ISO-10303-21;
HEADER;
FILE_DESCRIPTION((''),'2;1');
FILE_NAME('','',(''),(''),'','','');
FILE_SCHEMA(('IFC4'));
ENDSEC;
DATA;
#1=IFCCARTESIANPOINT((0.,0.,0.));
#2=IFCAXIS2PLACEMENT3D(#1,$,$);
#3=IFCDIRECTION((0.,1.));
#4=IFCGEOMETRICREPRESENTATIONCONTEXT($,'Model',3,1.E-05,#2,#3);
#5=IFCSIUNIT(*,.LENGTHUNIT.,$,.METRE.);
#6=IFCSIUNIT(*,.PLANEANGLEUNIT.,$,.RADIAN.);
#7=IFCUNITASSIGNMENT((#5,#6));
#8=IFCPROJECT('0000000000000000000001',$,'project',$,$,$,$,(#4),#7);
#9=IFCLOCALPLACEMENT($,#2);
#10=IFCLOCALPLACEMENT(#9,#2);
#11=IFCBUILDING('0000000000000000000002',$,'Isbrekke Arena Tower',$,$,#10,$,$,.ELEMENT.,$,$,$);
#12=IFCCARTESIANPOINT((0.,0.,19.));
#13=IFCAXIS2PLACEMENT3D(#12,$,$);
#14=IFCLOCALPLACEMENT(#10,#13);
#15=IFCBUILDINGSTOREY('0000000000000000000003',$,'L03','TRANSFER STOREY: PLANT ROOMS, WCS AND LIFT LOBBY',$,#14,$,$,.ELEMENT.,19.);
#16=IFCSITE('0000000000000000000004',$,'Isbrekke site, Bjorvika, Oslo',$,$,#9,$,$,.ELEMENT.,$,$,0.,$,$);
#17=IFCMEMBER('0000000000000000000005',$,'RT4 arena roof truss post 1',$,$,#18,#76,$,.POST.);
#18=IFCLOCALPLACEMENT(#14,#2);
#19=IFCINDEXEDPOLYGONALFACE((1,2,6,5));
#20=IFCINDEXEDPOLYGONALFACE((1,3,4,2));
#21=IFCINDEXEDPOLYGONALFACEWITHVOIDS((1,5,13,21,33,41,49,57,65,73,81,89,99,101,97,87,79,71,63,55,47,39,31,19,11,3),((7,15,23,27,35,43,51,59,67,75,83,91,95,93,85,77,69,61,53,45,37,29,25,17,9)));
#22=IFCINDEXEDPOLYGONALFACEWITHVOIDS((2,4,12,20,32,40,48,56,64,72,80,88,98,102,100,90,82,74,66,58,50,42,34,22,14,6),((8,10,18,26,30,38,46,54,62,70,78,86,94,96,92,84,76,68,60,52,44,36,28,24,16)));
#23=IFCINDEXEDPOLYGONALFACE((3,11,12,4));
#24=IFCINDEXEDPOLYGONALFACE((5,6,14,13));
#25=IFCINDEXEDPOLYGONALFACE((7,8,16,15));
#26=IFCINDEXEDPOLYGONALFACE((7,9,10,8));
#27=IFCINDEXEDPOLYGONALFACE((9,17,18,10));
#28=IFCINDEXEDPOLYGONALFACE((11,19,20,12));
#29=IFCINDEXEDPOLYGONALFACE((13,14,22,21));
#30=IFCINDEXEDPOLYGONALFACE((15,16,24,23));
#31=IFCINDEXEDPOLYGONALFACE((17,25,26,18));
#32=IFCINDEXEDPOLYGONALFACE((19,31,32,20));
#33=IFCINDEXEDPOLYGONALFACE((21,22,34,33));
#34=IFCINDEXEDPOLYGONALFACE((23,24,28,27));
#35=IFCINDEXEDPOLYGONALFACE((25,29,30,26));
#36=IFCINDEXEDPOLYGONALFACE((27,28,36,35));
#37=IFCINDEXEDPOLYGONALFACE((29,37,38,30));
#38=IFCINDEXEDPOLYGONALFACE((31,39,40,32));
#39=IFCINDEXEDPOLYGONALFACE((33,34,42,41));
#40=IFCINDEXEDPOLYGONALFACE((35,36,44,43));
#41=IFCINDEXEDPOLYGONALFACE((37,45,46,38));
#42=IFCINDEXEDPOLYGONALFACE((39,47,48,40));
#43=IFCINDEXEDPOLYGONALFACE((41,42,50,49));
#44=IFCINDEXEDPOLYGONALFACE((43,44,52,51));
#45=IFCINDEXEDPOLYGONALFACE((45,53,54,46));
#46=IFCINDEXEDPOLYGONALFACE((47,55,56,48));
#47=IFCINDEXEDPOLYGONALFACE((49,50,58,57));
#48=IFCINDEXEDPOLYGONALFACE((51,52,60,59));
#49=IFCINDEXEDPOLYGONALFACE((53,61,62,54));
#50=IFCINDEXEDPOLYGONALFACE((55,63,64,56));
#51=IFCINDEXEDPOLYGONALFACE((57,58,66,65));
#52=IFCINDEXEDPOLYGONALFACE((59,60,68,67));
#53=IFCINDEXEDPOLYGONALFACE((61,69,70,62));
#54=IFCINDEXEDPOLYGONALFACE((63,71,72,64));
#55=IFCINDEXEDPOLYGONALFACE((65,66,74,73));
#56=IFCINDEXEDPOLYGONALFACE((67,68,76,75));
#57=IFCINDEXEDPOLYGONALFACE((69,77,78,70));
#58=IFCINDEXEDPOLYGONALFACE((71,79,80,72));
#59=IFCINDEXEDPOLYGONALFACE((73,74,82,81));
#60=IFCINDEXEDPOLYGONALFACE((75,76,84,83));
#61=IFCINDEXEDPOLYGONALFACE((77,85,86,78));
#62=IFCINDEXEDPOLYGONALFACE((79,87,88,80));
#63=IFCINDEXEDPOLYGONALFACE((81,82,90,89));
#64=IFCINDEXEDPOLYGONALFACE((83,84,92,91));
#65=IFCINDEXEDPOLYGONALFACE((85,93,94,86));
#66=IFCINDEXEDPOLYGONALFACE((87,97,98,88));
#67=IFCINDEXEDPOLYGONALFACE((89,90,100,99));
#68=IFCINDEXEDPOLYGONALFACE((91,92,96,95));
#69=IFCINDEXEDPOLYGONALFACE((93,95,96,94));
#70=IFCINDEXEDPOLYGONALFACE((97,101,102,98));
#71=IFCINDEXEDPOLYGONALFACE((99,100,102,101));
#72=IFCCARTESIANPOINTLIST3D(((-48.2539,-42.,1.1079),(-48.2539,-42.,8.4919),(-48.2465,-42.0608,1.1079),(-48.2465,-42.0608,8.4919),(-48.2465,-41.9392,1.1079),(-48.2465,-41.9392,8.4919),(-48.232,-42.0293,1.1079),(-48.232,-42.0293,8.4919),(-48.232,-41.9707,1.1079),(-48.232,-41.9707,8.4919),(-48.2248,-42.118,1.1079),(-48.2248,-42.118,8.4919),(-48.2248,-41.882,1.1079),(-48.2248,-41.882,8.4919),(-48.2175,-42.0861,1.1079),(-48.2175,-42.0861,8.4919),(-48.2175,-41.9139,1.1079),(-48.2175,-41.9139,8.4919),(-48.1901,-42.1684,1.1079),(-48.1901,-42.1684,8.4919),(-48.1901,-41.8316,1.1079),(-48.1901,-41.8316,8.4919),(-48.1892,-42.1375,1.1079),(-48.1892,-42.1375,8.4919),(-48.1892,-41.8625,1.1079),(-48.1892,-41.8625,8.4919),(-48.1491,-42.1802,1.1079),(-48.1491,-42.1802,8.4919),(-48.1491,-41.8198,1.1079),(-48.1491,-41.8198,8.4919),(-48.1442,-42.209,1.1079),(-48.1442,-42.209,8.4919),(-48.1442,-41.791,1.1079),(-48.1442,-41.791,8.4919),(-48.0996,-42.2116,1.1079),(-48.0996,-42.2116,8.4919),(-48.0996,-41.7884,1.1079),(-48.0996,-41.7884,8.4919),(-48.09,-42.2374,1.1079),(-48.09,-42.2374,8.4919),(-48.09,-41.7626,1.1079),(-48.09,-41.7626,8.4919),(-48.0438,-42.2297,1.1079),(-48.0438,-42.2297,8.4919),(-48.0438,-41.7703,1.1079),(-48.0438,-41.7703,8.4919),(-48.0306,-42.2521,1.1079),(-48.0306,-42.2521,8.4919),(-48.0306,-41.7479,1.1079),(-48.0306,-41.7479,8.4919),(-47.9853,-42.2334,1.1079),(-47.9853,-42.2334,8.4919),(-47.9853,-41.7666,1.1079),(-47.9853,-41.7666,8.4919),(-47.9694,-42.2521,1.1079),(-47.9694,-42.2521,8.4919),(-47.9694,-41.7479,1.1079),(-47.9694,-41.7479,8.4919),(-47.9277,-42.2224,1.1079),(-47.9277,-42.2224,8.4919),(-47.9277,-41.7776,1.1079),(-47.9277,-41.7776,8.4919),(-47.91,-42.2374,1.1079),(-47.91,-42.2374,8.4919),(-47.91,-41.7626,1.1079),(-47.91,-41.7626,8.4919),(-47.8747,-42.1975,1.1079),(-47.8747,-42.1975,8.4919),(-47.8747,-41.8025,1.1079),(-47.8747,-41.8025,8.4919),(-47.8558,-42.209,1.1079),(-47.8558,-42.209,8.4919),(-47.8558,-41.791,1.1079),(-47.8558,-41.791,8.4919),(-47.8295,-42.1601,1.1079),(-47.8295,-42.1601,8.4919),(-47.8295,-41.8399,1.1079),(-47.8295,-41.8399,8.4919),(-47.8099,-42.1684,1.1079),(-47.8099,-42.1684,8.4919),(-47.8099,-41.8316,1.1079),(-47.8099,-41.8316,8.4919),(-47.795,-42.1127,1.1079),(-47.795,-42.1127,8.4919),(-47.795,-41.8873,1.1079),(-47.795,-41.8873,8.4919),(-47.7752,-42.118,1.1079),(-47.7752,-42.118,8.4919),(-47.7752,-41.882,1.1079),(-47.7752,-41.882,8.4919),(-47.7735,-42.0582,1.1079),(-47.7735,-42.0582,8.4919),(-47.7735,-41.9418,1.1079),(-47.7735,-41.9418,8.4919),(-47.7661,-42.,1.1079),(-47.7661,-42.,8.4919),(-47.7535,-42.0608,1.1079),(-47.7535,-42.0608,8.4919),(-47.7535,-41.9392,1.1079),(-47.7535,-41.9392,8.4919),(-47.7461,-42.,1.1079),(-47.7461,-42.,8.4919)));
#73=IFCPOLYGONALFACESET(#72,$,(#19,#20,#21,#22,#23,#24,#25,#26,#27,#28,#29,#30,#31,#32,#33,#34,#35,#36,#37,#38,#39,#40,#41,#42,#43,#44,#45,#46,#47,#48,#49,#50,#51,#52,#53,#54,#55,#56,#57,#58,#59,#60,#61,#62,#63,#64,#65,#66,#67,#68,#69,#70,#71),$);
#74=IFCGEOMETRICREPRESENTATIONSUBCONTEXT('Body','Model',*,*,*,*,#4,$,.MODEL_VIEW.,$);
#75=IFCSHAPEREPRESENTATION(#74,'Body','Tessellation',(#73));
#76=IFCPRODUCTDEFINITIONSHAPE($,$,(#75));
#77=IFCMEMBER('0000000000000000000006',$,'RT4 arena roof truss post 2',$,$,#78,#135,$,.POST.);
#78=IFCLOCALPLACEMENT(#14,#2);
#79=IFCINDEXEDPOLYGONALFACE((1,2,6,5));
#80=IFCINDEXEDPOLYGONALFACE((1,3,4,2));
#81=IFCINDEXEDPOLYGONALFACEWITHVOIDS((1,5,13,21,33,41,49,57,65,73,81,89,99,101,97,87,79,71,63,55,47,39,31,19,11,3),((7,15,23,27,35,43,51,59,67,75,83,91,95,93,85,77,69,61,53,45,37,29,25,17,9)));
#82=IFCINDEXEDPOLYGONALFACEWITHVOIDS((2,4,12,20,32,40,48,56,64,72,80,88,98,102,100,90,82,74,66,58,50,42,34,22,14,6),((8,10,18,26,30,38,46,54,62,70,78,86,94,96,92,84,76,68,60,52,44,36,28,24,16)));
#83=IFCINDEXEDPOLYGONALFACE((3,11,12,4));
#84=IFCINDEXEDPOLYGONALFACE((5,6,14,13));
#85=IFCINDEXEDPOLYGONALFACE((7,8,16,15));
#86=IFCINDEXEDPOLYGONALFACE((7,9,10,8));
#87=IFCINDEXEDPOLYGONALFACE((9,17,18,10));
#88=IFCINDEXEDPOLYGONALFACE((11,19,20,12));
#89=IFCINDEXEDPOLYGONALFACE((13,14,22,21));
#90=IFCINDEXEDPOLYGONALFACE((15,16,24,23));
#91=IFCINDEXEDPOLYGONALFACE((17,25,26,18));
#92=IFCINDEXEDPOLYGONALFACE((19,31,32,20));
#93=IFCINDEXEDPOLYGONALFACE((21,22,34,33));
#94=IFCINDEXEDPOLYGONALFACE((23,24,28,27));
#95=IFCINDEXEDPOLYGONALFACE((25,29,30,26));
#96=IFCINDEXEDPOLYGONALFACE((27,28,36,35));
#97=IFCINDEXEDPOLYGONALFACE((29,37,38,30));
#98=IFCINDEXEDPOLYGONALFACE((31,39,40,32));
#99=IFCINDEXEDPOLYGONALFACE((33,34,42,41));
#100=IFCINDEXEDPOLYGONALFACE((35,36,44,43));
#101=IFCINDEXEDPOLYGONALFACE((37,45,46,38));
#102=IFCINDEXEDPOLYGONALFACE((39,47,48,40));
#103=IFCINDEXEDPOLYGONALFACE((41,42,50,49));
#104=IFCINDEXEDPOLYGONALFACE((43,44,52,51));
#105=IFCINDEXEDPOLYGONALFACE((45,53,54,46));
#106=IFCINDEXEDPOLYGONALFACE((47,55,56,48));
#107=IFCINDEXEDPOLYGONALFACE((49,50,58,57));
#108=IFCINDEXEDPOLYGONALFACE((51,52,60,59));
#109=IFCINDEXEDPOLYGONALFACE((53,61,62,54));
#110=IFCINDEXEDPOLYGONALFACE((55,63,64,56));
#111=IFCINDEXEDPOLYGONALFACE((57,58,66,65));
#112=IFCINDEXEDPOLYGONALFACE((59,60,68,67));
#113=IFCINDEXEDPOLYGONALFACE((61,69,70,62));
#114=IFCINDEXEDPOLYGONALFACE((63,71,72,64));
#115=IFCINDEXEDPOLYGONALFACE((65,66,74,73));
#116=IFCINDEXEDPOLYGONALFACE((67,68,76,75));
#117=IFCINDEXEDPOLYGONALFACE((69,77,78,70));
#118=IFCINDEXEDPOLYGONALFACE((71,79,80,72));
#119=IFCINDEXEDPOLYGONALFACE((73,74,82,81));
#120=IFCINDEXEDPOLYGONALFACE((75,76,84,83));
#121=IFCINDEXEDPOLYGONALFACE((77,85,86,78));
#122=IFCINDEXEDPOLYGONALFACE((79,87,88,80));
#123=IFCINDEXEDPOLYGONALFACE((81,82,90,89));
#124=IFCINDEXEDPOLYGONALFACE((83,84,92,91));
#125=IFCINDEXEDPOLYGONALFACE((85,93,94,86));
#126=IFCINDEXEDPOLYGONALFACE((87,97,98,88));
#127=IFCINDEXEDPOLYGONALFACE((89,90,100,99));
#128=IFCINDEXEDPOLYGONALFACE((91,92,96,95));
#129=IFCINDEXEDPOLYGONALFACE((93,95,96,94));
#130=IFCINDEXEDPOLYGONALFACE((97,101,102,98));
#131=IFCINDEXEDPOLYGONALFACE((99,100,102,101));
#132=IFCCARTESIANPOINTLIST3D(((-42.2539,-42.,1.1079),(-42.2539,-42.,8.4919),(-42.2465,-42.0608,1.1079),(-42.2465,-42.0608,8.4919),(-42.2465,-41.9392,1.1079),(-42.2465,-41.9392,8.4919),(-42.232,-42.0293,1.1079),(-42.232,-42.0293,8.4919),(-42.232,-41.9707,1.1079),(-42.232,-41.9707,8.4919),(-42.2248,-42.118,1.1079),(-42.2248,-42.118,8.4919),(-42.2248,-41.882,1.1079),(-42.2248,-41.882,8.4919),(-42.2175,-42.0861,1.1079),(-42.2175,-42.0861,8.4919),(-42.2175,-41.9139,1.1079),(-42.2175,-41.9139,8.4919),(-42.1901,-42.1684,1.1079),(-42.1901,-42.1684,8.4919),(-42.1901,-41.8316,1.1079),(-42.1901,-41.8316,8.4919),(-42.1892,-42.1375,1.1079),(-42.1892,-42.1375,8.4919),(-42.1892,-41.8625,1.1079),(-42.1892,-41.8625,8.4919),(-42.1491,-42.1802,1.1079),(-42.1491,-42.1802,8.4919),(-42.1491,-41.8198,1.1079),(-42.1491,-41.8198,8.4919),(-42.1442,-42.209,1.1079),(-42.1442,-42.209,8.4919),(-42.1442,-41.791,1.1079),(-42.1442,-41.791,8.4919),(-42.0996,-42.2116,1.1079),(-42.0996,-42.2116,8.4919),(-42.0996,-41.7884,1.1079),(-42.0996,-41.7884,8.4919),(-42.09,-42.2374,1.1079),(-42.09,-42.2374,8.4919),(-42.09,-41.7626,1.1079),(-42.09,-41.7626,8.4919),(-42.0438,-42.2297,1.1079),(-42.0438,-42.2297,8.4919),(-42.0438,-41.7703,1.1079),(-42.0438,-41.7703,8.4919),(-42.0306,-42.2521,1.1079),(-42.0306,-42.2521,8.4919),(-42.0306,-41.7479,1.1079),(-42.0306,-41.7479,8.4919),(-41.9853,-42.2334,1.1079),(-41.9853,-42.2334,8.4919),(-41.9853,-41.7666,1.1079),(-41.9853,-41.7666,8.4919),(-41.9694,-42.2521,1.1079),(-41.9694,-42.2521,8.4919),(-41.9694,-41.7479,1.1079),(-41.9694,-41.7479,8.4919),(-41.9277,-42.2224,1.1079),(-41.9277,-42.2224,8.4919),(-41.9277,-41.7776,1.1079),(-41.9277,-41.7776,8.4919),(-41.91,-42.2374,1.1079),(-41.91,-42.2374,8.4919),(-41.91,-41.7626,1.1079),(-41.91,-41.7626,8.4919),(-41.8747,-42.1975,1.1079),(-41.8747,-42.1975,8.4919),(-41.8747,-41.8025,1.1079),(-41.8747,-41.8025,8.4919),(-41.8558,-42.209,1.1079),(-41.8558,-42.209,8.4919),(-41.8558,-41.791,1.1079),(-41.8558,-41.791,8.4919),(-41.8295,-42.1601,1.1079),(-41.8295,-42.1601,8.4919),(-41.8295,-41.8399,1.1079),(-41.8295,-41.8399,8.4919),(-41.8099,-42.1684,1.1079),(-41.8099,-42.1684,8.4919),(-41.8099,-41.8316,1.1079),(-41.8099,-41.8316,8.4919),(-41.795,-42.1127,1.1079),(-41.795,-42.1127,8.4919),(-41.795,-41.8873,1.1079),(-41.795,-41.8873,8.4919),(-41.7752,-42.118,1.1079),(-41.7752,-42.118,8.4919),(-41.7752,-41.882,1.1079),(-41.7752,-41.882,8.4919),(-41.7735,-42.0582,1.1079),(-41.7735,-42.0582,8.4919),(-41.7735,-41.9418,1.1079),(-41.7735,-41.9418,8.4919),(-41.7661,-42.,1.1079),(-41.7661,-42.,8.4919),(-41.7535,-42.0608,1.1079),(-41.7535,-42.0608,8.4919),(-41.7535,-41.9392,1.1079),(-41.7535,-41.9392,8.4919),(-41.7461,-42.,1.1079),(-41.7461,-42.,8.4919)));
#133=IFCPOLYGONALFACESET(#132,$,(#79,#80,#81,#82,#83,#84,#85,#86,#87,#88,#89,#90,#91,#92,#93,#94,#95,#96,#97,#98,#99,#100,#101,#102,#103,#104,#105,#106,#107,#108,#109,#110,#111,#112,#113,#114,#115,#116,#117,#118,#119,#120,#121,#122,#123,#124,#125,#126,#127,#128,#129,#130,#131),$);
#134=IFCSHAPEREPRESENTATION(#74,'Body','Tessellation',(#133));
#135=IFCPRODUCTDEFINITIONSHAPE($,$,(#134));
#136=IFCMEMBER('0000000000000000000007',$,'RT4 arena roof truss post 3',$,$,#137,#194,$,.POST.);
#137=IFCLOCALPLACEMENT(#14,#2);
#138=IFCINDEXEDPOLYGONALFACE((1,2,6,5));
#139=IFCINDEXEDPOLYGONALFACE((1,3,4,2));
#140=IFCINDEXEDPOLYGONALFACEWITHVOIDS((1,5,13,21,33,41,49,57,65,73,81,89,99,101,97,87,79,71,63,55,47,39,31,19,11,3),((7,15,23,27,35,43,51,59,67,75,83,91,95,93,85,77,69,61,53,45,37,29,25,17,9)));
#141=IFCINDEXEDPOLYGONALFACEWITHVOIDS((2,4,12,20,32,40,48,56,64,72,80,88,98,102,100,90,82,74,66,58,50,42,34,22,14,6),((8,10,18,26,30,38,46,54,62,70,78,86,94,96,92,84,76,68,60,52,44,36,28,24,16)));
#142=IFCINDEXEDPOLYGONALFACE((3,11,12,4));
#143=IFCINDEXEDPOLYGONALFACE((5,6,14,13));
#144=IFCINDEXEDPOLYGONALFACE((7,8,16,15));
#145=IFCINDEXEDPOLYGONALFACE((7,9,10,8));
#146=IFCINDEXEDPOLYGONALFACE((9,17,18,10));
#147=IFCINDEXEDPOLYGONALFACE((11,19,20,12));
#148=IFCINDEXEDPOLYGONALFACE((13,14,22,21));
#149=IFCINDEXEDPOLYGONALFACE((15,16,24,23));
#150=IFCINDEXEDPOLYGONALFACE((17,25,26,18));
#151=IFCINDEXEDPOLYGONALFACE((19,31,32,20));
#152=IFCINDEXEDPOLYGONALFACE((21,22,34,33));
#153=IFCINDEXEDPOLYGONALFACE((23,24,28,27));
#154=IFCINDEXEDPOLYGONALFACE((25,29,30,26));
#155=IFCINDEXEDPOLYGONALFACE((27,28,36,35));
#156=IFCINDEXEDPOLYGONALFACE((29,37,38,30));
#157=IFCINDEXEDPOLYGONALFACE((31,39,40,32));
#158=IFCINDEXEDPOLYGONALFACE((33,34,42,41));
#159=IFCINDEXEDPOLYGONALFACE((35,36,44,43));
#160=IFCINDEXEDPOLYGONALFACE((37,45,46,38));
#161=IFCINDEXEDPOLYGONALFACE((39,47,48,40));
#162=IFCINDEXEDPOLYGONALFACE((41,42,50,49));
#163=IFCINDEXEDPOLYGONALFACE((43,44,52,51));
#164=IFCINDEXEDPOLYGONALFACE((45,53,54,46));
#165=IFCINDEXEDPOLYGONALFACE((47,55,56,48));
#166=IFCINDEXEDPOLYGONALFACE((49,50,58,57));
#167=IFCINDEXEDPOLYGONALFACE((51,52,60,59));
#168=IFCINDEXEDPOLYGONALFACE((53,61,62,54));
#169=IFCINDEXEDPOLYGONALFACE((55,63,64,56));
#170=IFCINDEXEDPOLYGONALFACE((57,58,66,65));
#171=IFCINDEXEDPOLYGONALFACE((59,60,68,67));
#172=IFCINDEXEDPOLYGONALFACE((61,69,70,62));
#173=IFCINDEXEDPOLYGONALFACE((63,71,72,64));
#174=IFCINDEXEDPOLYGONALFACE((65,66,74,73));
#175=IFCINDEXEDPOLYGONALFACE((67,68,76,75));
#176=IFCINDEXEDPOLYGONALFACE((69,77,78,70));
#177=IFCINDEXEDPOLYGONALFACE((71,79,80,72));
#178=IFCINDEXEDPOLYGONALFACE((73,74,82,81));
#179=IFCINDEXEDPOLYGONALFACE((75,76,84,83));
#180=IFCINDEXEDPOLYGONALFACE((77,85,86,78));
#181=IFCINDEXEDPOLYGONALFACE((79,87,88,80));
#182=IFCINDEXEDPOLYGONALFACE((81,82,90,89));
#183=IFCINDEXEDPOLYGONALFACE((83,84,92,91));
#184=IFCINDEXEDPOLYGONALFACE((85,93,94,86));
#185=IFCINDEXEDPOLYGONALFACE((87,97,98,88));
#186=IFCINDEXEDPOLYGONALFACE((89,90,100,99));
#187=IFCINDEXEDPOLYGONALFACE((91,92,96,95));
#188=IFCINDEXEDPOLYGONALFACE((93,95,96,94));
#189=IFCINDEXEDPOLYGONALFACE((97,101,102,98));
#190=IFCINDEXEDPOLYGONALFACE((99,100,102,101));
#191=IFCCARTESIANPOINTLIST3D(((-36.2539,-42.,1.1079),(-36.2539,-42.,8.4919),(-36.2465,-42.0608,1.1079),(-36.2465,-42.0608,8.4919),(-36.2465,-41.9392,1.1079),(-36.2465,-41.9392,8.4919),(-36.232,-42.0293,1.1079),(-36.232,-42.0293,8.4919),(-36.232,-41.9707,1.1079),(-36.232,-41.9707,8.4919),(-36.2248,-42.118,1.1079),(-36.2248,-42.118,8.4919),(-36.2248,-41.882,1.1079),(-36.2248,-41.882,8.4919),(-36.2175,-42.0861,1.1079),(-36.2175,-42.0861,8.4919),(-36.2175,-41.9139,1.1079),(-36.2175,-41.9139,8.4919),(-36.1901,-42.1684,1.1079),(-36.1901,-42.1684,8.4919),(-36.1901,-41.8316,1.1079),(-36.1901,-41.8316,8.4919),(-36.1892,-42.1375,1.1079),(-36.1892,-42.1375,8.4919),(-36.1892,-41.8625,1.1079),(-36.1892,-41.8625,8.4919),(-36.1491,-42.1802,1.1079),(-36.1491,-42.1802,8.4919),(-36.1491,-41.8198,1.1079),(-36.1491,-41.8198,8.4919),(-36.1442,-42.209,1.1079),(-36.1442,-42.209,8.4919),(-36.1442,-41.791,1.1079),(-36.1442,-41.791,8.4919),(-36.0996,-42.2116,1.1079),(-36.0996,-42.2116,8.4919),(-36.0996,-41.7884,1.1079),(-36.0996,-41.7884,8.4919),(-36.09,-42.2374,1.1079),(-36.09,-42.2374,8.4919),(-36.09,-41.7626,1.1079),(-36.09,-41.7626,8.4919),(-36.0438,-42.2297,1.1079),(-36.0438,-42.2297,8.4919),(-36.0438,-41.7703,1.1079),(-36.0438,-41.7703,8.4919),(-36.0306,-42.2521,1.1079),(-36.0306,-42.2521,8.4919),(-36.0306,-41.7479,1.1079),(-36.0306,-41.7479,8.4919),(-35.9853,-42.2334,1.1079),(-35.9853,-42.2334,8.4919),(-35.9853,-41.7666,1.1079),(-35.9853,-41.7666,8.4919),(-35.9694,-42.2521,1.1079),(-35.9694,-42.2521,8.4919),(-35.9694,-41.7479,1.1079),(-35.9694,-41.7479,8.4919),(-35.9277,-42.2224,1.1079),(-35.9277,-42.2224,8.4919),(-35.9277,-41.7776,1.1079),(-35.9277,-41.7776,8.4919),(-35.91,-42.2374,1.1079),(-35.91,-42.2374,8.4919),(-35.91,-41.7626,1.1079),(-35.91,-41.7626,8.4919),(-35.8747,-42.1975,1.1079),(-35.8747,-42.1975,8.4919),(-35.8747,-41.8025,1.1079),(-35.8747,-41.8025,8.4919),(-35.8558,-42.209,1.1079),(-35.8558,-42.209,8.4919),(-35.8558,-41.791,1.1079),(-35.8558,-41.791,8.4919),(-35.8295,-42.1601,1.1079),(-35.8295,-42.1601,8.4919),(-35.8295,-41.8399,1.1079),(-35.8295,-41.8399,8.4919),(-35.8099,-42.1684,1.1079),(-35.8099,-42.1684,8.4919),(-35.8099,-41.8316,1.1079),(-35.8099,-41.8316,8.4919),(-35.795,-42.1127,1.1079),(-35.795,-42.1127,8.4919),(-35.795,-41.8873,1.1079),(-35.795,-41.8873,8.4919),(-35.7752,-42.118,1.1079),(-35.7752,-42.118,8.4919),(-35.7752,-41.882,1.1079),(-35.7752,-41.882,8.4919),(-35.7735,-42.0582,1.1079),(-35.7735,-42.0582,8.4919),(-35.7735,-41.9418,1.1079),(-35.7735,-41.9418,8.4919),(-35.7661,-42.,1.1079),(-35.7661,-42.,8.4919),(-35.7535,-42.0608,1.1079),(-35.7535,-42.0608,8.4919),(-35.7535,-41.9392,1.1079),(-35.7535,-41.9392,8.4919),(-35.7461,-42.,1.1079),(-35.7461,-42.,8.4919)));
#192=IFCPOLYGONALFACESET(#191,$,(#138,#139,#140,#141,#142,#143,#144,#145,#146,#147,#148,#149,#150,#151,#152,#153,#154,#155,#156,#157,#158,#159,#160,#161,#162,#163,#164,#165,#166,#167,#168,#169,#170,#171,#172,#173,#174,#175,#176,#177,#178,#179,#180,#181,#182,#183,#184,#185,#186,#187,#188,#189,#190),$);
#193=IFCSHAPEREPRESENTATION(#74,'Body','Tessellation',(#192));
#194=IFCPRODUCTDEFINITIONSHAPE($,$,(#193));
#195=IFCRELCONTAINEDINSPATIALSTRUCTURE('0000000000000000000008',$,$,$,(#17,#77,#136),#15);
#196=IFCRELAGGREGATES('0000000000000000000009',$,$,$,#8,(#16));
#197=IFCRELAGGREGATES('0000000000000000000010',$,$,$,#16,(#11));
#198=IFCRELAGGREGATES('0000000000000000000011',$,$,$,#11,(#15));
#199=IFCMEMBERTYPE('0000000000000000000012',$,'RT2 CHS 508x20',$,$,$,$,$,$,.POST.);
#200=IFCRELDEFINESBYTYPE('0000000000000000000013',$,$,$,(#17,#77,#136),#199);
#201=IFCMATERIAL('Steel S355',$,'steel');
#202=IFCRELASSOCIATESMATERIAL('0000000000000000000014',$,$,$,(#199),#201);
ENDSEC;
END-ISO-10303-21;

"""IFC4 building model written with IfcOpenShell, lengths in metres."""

from ifc_helpers import new_model, si_unit, direction, frame, origin, origin_2d, place, context, subcontext, project, spatial, hollow_circle, extrude, material, material_profile, profile_set, type_object, element, save


model = new_model("IFC4")

# Units and contexts
model_context = context("Model", 3, precision=1e-05, world=origin(), true_north=direction((0.0, 1.0)))
body_context = subcontext(model_context, "Body", "Model", "MODEL_VIEW")
ifc_project = project(units=[si_unit("LENGTHUNIT", "METRE"), si_unit("PLANEANGLEUNIT", "RADIAN")], contexts=[model_context])

# Site, building, storey
site_placement = place(None, origin())
site = spatial("IfcSite", under=ifc_project, at=site_placement, Name="Isbrekke site, Bjorvika, Oslo", CompositionType="ELEMENT", RefElevation=0.0)
building_placement = place(site_placement, origin())
building = spatial("IfcBuilding", under=site, at=building_placement, Name="Isbrekke Arena Tower", CompositionType="ELEMENT")
storey_placement = place(building_placement, frame((0.0, 0.0, 19.0)))
storey = spatial("IfcBuildingStorey", under=building, at=storey_placement, Name="L03", Description="TRANSFER STOREY: PLANT ROOMS, WCS AND LIFT LOBBY", CompositionType="ELEMENT", Elevation=19.0)

# Members
ifc_material_1 = material(Name="Steel S355", Category="steel")
ifc_material_profile_1 = material_profile(ifc_material_1, hollow_circle(Radius=0.2539, WallThickness=0.02, at=origin_2d()), Name="CHS 508x20")
ifc_profile_set_1 = profile_set([ifc_material_profile_1], Name="Steel S355")
member_type_1 = type_object("IfcMemberType", Name="RT2 CHS 508x20", PredefinedType="POST", material=ifc_profile_set_1)
for number, where, z_axis, x_axis, name in (
    (1, (-48.0, -42.0, 1.1079), (0.0, 0.0, 1.0), (1.0, 0.0, 0.0), "RT4 arena roof truss post 1"),
    (2, (-42.0, -42.0, 1.1079), (0.0, 0.0, 1.0), (1.0, 0.0, 0.0), "RT4 arena roof truss post 2"),
    (3, (-36.0, -42.0, 1.1079), (0.0, 0.0, 1.0), (1.0, 0.0, 0.0), "RT4 arena roof truss post 3"),
):
    element("IfcMember", number, at=place(storey_placement, frame(where, z_axis=z_axis, x_axis=x_axis)), inside=storey, type_object=member_type_1, Name=name, PredefinedType="POST", context=body_context, shape_type="SweptSolid", body=[
        extrude(hollow_circle(Radius=0.2539, WallThickness=0.02, at=origin_2d()), origin(), (0.0, 0.0, 1.0), 7.384),
    ])

save(model, "model.ifc")
